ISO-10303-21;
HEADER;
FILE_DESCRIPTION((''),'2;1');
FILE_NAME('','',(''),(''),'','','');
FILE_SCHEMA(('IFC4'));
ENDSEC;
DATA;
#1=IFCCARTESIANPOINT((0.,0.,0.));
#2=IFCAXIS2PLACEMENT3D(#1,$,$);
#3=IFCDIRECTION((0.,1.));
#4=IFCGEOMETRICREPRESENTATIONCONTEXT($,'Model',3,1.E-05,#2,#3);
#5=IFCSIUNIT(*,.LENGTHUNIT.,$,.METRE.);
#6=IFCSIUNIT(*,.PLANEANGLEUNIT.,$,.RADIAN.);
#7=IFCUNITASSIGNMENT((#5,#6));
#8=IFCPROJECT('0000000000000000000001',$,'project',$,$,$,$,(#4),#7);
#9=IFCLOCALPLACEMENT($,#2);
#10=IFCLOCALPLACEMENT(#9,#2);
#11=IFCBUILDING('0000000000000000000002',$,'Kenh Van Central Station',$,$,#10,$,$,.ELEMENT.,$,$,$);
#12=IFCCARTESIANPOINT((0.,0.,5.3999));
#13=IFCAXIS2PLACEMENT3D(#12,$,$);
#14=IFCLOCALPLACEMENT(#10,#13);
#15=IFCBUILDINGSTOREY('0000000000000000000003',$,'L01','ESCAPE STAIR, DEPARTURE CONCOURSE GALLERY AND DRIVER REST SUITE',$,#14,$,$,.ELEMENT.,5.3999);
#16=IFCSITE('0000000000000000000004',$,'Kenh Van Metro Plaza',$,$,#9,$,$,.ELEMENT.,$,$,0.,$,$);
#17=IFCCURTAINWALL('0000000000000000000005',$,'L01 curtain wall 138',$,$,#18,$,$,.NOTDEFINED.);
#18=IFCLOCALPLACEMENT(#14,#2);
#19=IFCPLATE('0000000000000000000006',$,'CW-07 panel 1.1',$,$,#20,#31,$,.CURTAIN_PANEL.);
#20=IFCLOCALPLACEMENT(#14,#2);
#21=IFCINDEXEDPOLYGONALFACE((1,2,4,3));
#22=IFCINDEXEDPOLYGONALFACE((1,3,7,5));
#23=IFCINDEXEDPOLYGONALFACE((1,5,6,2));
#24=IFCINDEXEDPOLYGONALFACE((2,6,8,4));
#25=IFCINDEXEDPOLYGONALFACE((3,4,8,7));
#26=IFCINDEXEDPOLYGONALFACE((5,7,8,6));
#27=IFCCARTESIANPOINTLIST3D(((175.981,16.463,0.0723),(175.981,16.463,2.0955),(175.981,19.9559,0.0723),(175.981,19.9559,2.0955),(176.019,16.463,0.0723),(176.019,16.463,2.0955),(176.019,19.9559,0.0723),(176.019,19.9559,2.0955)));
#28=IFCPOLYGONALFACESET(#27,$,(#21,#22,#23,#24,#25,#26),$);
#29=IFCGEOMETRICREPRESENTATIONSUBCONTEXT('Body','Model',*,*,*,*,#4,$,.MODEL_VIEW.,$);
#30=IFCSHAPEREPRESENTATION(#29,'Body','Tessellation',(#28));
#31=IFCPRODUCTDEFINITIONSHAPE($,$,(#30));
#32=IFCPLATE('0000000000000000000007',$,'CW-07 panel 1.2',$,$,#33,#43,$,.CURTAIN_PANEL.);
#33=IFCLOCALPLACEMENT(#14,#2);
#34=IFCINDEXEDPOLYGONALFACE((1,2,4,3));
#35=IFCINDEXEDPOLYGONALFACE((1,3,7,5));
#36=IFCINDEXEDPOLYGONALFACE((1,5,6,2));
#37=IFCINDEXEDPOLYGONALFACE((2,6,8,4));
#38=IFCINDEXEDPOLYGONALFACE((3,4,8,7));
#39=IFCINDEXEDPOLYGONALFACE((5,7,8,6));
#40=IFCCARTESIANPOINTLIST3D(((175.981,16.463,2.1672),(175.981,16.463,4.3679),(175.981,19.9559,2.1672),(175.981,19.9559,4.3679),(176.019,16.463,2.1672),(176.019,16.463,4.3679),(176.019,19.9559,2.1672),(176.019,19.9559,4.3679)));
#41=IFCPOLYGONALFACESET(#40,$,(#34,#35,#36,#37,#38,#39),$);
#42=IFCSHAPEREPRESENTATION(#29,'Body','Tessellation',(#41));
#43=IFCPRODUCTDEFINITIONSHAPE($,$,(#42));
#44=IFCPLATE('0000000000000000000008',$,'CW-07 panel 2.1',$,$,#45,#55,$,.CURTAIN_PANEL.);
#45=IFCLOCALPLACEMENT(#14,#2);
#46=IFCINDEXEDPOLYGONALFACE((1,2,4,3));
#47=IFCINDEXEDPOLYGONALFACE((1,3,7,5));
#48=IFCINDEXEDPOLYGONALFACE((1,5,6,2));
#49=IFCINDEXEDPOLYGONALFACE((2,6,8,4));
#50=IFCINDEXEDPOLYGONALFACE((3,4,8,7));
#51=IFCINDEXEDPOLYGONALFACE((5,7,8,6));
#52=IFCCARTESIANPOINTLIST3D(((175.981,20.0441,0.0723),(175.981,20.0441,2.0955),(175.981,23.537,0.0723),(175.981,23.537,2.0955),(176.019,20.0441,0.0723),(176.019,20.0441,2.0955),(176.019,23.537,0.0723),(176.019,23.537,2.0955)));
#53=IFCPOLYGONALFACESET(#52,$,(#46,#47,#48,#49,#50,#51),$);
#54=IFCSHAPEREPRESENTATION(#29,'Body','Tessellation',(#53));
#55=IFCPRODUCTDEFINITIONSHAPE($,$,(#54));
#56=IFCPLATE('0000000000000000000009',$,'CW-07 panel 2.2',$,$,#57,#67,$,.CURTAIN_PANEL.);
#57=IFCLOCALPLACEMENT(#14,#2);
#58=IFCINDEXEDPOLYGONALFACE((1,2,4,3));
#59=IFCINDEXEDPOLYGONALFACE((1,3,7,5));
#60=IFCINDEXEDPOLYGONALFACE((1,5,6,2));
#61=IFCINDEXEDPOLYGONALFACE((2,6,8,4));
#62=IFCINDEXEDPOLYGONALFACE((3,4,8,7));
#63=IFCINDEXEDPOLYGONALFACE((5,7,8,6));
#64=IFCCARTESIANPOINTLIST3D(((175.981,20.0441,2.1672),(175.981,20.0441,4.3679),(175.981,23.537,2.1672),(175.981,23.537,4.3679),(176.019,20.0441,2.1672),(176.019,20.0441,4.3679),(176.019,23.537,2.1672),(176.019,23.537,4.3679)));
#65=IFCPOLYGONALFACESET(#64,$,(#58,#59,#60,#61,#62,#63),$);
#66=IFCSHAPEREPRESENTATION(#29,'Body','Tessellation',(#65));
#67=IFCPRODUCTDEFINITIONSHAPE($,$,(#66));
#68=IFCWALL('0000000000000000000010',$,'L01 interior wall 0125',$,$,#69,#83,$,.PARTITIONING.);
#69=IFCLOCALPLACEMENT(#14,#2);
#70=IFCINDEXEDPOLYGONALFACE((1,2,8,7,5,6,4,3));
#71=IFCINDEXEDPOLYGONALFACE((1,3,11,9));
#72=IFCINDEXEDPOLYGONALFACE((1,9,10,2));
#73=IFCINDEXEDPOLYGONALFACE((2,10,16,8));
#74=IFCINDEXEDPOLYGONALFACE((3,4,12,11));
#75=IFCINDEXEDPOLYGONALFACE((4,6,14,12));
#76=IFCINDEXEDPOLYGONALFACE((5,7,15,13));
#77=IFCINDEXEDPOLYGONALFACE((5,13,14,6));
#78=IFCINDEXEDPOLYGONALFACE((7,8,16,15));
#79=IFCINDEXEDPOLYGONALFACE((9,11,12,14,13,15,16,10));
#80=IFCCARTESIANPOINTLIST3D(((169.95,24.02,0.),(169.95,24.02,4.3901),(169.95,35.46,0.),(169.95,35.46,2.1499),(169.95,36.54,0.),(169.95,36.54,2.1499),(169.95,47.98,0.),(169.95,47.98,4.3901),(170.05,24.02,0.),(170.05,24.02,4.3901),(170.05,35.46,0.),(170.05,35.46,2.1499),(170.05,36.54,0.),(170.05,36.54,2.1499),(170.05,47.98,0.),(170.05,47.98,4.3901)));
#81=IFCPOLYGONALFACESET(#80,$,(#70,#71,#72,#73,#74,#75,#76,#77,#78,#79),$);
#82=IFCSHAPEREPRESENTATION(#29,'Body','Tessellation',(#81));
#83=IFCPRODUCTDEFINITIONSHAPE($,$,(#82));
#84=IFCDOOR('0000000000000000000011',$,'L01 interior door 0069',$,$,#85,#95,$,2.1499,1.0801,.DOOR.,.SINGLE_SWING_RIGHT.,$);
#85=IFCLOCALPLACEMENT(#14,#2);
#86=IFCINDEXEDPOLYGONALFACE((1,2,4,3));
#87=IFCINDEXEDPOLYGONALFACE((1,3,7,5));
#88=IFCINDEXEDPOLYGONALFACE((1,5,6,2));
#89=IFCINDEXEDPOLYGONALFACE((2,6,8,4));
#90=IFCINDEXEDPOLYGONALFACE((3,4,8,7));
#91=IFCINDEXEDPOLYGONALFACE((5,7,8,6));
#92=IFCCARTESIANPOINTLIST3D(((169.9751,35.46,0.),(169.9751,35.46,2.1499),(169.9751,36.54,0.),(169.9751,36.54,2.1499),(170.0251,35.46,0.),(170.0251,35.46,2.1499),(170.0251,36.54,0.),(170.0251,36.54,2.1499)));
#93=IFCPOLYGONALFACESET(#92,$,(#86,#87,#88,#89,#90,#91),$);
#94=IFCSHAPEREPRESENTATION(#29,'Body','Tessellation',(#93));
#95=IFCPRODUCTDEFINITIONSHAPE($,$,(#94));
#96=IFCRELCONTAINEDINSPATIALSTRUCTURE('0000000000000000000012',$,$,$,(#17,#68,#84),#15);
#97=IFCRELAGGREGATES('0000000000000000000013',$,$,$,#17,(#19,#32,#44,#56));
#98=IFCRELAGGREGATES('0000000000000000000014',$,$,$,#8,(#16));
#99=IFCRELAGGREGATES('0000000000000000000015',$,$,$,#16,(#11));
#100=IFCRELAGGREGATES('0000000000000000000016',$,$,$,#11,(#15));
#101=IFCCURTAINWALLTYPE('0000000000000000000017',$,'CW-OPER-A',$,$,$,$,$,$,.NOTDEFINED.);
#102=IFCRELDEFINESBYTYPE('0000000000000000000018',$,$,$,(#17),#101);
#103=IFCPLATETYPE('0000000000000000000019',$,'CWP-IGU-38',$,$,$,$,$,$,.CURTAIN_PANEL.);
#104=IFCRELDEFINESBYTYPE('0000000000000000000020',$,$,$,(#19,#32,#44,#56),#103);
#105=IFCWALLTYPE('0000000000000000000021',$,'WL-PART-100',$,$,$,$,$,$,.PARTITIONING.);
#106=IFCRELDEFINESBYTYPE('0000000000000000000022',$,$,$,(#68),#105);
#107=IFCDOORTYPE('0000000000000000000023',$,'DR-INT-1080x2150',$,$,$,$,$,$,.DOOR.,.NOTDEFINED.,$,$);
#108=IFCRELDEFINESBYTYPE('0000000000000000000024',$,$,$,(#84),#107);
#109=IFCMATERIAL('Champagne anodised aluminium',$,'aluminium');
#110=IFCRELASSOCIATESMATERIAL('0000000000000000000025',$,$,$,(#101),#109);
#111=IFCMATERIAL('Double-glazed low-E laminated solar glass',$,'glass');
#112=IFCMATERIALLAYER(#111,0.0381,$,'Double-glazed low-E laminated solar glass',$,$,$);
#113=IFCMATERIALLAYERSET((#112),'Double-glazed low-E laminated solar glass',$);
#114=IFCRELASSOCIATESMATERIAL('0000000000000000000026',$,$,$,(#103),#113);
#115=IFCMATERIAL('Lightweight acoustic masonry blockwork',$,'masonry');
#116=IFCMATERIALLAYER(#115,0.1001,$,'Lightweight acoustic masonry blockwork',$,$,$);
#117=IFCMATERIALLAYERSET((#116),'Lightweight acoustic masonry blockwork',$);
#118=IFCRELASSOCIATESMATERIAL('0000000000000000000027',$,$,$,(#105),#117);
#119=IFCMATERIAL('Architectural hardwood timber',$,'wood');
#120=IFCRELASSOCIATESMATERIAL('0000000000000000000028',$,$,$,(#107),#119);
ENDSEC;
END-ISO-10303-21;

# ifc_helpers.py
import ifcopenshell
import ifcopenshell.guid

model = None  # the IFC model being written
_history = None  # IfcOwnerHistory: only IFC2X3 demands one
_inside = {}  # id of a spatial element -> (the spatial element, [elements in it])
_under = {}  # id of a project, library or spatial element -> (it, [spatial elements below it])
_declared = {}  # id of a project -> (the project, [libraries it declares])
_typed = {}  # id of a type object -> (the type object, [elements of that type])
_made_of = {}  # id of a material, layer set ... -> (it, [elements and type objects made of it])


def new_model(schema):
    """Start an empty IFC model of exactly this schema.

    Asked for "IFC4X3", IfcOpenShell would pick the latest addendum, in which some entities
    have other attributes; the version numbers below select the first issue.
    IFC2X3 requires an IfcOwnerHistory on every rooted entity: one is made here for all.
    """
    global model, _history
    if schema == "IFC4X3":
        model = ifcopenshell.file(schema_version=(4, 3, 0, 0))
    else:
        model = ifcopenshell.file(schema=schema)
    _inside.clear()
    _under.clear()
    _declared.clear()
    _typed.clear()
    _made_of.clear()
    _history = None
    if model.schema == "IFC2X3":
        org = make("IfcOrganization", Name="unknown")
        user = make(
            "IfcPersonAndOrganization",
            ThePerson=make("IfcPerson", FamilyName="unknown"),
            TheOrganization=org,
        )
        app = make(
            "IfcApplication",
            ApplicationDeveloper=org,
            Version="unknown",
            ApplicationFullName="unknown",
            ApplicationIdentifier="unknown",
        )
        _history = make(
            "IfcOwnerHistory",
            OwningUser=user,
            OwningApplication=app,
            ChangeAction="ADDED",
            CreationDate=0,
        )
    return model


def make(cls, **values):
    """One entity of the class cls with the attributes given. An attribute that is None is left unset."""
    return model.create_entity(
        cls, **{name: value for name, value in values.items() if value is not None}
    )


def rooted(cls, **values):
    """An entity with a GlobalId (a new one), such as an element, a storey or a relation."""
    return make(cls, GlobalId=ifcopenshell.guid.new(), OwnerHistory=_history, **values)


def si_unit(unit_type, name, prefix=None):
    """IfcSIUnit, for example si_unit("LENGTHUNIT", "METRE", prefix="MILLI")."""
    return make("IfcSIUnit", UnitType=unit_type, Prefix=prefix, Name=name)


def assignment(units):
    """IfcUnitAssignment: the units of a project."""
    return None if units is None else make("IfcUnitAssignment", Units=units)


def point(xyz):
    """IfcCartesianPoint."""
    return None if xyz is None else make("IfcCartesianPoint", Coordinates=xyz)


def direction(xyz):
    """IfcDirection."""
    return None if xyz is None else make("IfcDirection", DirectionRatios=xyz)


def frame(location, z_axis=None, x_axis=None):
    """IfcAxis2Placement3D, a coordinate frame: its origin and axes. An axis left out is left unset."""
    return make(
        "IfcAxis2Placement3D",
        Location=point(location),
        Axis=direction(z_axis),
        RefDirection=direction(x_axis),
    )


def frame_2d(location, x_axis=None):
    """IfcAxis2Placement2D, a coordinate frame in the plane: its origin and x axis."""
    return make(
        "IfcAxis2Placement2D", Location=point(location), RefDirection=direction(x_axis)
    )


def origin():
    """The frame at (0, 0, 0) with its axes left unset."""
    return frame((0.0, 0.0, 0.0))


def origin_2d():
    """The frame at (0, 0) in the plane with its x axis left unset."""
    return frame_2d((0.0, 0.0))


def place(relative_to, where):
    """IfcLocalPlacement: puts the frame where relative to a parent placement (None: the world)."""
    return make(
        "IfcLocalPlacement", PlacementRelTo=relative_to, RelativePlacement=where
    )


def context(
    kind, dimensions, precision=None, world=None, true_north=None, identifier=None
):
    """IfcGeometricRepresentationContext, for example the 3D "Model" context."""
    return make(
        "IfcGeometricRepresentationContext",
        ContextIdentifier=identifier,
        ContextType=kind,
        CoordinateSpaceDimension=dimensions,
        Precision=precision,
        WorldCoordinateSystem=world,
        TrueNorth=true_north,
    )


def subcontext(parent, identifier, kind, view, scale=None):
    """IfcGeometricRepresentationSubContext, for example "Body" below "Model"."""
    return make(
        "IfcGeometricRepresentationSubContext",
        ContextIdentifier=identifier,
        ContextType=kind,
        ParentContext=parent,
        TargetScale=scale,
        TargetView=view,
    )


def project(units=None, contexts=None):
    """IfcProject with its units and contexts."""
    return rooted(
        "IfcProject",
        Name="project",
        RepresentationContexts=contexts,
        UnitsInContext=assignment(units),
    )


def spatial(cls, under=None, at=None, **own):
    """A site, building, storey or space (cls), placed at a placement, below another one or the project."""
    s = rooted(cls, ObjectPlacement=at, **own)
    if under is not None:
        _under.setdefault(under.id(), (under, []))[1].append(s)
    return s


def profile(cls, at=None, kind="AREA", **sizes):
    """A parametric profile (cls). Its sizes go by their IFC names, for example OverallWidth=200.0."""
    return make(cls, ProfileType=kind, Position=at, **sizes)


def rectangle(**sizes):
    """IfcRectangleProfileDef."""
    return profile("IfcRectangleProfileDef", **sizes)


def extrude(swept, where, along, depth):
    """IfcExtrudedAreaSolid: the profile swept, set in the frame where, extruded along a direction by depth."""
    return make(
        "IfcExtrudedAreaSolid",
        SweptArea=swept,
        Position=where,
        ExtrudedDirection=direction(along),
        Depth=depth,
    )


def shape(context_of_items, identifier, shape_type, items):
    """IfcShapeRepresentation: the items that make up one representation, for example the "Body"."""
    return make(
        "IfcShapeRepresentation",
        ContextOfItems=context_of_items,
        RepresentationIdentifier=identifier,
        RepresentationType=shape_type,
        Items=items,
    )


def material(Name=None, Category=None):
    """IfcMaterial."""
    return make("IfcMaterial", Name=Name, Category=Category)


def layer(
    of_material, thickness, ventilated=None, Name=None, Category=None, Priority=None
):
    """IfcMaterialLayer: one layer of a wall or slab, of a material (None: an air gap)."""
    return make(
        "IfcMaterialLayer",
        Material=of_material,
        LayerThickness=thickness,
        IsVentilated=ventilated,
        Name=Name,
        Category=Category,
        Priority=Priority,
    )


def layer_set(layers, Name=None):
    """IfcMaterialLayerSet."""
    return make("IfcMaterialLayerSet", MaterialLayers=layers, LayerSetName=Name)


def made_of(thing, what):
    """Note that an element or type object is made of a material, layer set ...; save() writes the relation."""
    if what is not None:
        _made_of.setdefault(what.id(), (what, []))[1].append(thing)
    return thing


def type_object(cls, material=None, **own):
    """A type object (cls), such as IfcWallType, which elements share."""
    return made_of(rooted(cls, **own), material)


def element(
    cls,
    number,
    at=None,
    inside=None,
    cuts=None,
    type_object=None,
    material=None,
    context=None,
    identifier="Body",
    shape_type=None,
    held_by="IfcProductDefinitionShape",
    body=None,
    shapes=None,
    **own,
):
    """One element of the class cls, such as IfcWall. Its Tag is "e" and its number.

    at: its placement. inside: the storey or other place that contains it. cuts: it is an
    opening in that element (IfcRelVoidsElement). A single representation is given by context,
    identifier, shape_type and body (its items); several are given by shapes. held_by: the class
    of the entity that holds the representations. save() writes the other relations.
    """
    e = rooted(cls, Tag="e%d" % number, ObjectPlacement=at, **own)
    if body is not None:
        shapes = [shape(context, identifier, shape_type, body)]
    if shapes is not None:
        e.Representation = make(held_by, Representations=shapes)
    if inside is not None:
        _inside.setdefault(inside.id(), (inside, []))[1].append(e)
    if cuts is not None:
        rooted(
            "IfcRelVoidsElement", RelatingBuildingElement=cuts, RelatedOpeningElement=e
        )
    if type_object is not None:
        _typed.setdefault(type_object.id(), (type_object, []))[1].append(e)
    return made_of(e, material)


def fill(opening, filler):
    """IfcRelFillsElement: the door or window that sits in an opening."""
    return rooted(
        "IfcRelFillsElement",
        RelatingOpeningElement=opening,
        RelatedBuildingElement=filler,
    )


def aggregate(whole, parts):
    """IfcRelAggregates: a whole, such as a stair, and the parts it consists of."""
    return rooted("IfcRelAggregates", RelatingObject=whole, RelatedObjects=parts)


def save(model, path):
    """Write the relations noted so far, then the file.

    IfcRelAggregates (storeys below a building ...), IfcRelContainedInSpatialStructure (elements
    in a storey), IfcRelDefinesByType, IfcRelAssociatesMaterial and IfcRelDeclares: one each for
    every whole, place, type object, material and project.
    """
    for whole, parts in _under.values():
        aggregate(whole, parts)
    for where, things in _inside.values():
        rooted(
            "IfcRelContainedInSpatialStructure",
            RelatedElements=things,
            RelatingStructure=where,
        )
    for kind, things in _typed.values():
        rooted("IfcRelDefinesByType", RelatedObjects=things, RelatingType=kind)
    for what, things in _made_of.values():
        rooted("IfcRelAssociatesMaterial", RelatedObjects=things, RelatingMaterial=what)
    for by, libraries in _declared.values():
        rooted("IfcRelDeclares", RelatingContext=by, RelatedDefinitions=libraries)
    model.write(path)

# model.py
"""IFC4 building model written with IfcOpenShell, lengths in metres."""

from ifc_helpers import new_model, si_unit, direction, frame, frame_2d, origin, origin_2d, place, context, subcontext, project, spatial, rectangle, extrude, material, layer, layer_set, type_object, element, fill, aggregate, save


model = new_model("IFC4")

# Units and contexts
model_context = context("Model", 3, precision=1e-05, world=origin(), true_north=direction((0.0, 1.0)))
body_context = subcontext(model_context, "Body", "Model", "MODEL_VIEW")
ifc_project = project(units=[si_unit("LENGTHUNIT", "METRE"), si_unit("PLANEANGLEUNIT", "RADIAN")], contexts=[model_context])

# Site, building, storey
site_placement = place(None, origin())
site = spatial("IfcSite", under=ifc_project, at=site_placement, Name="Kenh Van Metro Plaza", CompositionType="ELEMENT", RefElevation=0.0)
building_placement = place(site_placement, origin())
building = spatial("IfcBuilding", under=site, at=building_placement, Name="Kenh Van Central Station", CompositionType="ELEMENT")
storey_placement = place(building_placement, frame((0.0, 0.0, 5.3999)))
storey = spatial("IfcBuildingStorey", under=building, at=storey_placement, Name="L01", Description="ESCAPE STAIR, DEPARTURE CONCOURSE GALLERY AND DRIVER REST SUITE", CompositionType="ELEMENT", Elevation=5.3999)

# Curtain wall
ifc_material_1 = material(Name="Champagne anodised aluminium", Category="aluminium")
curtain_wall_type = type_object("IfcCurtainWallType", Name="CW-OPER-A", PredefinedType="NOTDEFINED", material=ifc_material_1)
curtain_wall_1_placement = place(storey_placement, origin())
curtain_wall_1 = element("IfcCurtainWall", 1, at=curtain_wall_1_placement, inside=storey, type_object=curtain_wall_type, Name="L01 curtain wall 138", PredefinedType="NOTDEFINED")

# Plates
ifc_material_2 = material(Name="Double-glazed low-E laminated solar glass", Category="glass")
ifc_layer_1 = layer(ifc_material_2, 0.0381, Name="Double-glazed low-E laminated solar glass")
ifc_layer_set_1 = layer_set([ifc_layer_1], Name="Double-glazed low-E laminated solar glass")
plate_type = type_object("IfcPlateType", Name="CWP-IGU-38", PredefinedType="CURTAIN_PANEL", material=ifc_layer_set_1)
plate_1_placement = place(storey_placement, frame((176.0, 18.2095, 0.0723), z_axis=(0.0, 0.0, 1.0), x_axis=(0.0, 1.0, 0.0)))
plate_1 = element("IfcPlate", 2, at=plate_1_placement, type_object=plate_type, Name="CW-07 panel 1.1", PredefinedType="CURTAIN_PANEL", context=body_context, shape_type="SweptSolid", body=[
    extrude(rectangle(XDim=3.4929, YDim=0.0381, at=origin_2d()), origin(), (0.0, 0.0, 1.0), 2.0232),
])
plate_2_placement = place(storey_placement, frame((176.0, 18.2095, 2.1672), z_axis=(0.0, 0.0, 1.0), x_axis=(0.0, 1.0, 0.0)))
plate_2 = element("IfcPlate", 3, at=plate_2_placement, type_object=plate_type, Name="CW-07 panel 1.2", PredefinedType="CURTAIN_PANEL", context=body_context, shape_type="SweptSolid", body=[
    extrude(rectangle(XDim=3.4929, YDim=0.0381, at=origin_2d()), origin(), (0.0, 0.0, 1.0), 2.2007),
])
plate_3_placement = place(storey_placement, frame((176.0, 21.7905, 0.0723), z_axis=(0.0, 0.0, 1.0), x_axis=(0.0, 1.0, 0.0)))
plate_3 = element("IfcPlate", 4, at=plate_3_placement, type_object=plate_type, Name="CW-07 panel 2.1", PredefinedType="CURTAIN_PANEL", context=body_context, shape_type="SweptSolid", body=[
    extrude(rectangle(XDim=3.4929, YDim=0.0381, at=origin_2d()), origin(), (0.0, 0.0, 1.0), 2.0232),
])
plate_4_placement = place(storey_placement, frame((176.0, 21.7905, 2.1672), z_axis=(0.0, 0.0, 1.0), x_axis=(0.0, 1.0, 0.0)))
plate_4 = element("IfcPlate", 5, at=plate_4_placement, type_object=plate_type, Name="CW-07 panel 2.2", PredefinedType="CURTAIN_PANEL", context=body_context, shape_type="SweptSolid", body=[
    extrude(rectangle(XDim=3.4929, YDim=0.0381, at=origin_2d()), origin(), (0.0, 0.0, 1.0), 2.2007),
])
aggregate(curtain_wall_1, [plate_1, plate_2, plate_3, plate_4])

# Wall, opening, door
ifc_material_3 = material(Name="Lightweight acoustic masonry blockwork", Category="masonry")
ifc_layer_2 = layer(ifc_material_3, 0.1001, Name="Lightweight acoustic masonry blockwork")
ifc_layer_set_2 = layer_set([ifc_layer_2], Name="Lightweight acoustic masonry blockwork")
wall_type = type_object("IfcWallType", Name="WL-PART-100", PredefinedType="PARTITIONING", material=ifc_layer_set_2)
wall_placement = place(storey_placement, frame((170.0, 24.02, 0.0), z_axis=(0.0, 0.0, 1.0), x_axis=(0.0, 1.0, 0.0)))
wall = element("IfcWall", 6, at=wall_placement, inside=storey, type_object=wall_type, Name="L01 interior wall 0125", PredefinedType="PARTITIONING", context=body_context, shape_type="SweptSolid", body=[
    extrude(rectangle(XDim=23.96, YDim=0.1001, at=frame_2d((11.98, 0.0))), origin(), (0.0, 0.0, 1.0), 4.3901),
])
opening_placement = place(wall_placement, frame((11.4399, 0.0, 0.0)))
opening = element("IfcOpeningElement", 7, at=opening_placement, cuts=wall, PredefinedType="OPENING", context=body_context, shape_type="SweptSolid", body=[
    extrude(rectangle(XDim=1.0801, YDim=2.1499, at=frame_2d((0.54, 1.075))), frame((0.0, 0.0601, 0.0), z_axis=(0.0, -1.0, 0.0), x_axis=(1.0, 0.0, 0.0)), (0.0, 0.0, 1.0), 0.1201),
])
ifc_material_4 = material(Name="Architectural hardwood timber", Category="wood")
door_type = type_object("IfcDoorType", Name="DR-INT-1080x2150", OperationType="NOTDEFINED", PredefinedType="DOOR", material=ifc_material_4)
door_placement = place(opening_placement, origin())
door = element("IfcDoor", 8, at=door_placement, inside=storey, type_object=door_type, Name="L01 interior door 0069", OperationType="SINGLE_SWING_RIGHT", OverallHeight=2.1499, OverallWidth=1.0801, PredefinedType="DOOR", context=body_context, shape_type="SweptSolid", body=[
    extrude(rectangle(XDim=1.0801, YDim=2.1499, at=frame_2d((0.54, 1.075))), frame((0.0, 0.0249, 0.0), z_axis=(0.0, -1.0, 0.0), x_axis=(1.0, 0.0, 0.0)), (0.0, 0.0, 1.0), 0.05),
])
fill(opening, door)

save(model, "model.ifc")
